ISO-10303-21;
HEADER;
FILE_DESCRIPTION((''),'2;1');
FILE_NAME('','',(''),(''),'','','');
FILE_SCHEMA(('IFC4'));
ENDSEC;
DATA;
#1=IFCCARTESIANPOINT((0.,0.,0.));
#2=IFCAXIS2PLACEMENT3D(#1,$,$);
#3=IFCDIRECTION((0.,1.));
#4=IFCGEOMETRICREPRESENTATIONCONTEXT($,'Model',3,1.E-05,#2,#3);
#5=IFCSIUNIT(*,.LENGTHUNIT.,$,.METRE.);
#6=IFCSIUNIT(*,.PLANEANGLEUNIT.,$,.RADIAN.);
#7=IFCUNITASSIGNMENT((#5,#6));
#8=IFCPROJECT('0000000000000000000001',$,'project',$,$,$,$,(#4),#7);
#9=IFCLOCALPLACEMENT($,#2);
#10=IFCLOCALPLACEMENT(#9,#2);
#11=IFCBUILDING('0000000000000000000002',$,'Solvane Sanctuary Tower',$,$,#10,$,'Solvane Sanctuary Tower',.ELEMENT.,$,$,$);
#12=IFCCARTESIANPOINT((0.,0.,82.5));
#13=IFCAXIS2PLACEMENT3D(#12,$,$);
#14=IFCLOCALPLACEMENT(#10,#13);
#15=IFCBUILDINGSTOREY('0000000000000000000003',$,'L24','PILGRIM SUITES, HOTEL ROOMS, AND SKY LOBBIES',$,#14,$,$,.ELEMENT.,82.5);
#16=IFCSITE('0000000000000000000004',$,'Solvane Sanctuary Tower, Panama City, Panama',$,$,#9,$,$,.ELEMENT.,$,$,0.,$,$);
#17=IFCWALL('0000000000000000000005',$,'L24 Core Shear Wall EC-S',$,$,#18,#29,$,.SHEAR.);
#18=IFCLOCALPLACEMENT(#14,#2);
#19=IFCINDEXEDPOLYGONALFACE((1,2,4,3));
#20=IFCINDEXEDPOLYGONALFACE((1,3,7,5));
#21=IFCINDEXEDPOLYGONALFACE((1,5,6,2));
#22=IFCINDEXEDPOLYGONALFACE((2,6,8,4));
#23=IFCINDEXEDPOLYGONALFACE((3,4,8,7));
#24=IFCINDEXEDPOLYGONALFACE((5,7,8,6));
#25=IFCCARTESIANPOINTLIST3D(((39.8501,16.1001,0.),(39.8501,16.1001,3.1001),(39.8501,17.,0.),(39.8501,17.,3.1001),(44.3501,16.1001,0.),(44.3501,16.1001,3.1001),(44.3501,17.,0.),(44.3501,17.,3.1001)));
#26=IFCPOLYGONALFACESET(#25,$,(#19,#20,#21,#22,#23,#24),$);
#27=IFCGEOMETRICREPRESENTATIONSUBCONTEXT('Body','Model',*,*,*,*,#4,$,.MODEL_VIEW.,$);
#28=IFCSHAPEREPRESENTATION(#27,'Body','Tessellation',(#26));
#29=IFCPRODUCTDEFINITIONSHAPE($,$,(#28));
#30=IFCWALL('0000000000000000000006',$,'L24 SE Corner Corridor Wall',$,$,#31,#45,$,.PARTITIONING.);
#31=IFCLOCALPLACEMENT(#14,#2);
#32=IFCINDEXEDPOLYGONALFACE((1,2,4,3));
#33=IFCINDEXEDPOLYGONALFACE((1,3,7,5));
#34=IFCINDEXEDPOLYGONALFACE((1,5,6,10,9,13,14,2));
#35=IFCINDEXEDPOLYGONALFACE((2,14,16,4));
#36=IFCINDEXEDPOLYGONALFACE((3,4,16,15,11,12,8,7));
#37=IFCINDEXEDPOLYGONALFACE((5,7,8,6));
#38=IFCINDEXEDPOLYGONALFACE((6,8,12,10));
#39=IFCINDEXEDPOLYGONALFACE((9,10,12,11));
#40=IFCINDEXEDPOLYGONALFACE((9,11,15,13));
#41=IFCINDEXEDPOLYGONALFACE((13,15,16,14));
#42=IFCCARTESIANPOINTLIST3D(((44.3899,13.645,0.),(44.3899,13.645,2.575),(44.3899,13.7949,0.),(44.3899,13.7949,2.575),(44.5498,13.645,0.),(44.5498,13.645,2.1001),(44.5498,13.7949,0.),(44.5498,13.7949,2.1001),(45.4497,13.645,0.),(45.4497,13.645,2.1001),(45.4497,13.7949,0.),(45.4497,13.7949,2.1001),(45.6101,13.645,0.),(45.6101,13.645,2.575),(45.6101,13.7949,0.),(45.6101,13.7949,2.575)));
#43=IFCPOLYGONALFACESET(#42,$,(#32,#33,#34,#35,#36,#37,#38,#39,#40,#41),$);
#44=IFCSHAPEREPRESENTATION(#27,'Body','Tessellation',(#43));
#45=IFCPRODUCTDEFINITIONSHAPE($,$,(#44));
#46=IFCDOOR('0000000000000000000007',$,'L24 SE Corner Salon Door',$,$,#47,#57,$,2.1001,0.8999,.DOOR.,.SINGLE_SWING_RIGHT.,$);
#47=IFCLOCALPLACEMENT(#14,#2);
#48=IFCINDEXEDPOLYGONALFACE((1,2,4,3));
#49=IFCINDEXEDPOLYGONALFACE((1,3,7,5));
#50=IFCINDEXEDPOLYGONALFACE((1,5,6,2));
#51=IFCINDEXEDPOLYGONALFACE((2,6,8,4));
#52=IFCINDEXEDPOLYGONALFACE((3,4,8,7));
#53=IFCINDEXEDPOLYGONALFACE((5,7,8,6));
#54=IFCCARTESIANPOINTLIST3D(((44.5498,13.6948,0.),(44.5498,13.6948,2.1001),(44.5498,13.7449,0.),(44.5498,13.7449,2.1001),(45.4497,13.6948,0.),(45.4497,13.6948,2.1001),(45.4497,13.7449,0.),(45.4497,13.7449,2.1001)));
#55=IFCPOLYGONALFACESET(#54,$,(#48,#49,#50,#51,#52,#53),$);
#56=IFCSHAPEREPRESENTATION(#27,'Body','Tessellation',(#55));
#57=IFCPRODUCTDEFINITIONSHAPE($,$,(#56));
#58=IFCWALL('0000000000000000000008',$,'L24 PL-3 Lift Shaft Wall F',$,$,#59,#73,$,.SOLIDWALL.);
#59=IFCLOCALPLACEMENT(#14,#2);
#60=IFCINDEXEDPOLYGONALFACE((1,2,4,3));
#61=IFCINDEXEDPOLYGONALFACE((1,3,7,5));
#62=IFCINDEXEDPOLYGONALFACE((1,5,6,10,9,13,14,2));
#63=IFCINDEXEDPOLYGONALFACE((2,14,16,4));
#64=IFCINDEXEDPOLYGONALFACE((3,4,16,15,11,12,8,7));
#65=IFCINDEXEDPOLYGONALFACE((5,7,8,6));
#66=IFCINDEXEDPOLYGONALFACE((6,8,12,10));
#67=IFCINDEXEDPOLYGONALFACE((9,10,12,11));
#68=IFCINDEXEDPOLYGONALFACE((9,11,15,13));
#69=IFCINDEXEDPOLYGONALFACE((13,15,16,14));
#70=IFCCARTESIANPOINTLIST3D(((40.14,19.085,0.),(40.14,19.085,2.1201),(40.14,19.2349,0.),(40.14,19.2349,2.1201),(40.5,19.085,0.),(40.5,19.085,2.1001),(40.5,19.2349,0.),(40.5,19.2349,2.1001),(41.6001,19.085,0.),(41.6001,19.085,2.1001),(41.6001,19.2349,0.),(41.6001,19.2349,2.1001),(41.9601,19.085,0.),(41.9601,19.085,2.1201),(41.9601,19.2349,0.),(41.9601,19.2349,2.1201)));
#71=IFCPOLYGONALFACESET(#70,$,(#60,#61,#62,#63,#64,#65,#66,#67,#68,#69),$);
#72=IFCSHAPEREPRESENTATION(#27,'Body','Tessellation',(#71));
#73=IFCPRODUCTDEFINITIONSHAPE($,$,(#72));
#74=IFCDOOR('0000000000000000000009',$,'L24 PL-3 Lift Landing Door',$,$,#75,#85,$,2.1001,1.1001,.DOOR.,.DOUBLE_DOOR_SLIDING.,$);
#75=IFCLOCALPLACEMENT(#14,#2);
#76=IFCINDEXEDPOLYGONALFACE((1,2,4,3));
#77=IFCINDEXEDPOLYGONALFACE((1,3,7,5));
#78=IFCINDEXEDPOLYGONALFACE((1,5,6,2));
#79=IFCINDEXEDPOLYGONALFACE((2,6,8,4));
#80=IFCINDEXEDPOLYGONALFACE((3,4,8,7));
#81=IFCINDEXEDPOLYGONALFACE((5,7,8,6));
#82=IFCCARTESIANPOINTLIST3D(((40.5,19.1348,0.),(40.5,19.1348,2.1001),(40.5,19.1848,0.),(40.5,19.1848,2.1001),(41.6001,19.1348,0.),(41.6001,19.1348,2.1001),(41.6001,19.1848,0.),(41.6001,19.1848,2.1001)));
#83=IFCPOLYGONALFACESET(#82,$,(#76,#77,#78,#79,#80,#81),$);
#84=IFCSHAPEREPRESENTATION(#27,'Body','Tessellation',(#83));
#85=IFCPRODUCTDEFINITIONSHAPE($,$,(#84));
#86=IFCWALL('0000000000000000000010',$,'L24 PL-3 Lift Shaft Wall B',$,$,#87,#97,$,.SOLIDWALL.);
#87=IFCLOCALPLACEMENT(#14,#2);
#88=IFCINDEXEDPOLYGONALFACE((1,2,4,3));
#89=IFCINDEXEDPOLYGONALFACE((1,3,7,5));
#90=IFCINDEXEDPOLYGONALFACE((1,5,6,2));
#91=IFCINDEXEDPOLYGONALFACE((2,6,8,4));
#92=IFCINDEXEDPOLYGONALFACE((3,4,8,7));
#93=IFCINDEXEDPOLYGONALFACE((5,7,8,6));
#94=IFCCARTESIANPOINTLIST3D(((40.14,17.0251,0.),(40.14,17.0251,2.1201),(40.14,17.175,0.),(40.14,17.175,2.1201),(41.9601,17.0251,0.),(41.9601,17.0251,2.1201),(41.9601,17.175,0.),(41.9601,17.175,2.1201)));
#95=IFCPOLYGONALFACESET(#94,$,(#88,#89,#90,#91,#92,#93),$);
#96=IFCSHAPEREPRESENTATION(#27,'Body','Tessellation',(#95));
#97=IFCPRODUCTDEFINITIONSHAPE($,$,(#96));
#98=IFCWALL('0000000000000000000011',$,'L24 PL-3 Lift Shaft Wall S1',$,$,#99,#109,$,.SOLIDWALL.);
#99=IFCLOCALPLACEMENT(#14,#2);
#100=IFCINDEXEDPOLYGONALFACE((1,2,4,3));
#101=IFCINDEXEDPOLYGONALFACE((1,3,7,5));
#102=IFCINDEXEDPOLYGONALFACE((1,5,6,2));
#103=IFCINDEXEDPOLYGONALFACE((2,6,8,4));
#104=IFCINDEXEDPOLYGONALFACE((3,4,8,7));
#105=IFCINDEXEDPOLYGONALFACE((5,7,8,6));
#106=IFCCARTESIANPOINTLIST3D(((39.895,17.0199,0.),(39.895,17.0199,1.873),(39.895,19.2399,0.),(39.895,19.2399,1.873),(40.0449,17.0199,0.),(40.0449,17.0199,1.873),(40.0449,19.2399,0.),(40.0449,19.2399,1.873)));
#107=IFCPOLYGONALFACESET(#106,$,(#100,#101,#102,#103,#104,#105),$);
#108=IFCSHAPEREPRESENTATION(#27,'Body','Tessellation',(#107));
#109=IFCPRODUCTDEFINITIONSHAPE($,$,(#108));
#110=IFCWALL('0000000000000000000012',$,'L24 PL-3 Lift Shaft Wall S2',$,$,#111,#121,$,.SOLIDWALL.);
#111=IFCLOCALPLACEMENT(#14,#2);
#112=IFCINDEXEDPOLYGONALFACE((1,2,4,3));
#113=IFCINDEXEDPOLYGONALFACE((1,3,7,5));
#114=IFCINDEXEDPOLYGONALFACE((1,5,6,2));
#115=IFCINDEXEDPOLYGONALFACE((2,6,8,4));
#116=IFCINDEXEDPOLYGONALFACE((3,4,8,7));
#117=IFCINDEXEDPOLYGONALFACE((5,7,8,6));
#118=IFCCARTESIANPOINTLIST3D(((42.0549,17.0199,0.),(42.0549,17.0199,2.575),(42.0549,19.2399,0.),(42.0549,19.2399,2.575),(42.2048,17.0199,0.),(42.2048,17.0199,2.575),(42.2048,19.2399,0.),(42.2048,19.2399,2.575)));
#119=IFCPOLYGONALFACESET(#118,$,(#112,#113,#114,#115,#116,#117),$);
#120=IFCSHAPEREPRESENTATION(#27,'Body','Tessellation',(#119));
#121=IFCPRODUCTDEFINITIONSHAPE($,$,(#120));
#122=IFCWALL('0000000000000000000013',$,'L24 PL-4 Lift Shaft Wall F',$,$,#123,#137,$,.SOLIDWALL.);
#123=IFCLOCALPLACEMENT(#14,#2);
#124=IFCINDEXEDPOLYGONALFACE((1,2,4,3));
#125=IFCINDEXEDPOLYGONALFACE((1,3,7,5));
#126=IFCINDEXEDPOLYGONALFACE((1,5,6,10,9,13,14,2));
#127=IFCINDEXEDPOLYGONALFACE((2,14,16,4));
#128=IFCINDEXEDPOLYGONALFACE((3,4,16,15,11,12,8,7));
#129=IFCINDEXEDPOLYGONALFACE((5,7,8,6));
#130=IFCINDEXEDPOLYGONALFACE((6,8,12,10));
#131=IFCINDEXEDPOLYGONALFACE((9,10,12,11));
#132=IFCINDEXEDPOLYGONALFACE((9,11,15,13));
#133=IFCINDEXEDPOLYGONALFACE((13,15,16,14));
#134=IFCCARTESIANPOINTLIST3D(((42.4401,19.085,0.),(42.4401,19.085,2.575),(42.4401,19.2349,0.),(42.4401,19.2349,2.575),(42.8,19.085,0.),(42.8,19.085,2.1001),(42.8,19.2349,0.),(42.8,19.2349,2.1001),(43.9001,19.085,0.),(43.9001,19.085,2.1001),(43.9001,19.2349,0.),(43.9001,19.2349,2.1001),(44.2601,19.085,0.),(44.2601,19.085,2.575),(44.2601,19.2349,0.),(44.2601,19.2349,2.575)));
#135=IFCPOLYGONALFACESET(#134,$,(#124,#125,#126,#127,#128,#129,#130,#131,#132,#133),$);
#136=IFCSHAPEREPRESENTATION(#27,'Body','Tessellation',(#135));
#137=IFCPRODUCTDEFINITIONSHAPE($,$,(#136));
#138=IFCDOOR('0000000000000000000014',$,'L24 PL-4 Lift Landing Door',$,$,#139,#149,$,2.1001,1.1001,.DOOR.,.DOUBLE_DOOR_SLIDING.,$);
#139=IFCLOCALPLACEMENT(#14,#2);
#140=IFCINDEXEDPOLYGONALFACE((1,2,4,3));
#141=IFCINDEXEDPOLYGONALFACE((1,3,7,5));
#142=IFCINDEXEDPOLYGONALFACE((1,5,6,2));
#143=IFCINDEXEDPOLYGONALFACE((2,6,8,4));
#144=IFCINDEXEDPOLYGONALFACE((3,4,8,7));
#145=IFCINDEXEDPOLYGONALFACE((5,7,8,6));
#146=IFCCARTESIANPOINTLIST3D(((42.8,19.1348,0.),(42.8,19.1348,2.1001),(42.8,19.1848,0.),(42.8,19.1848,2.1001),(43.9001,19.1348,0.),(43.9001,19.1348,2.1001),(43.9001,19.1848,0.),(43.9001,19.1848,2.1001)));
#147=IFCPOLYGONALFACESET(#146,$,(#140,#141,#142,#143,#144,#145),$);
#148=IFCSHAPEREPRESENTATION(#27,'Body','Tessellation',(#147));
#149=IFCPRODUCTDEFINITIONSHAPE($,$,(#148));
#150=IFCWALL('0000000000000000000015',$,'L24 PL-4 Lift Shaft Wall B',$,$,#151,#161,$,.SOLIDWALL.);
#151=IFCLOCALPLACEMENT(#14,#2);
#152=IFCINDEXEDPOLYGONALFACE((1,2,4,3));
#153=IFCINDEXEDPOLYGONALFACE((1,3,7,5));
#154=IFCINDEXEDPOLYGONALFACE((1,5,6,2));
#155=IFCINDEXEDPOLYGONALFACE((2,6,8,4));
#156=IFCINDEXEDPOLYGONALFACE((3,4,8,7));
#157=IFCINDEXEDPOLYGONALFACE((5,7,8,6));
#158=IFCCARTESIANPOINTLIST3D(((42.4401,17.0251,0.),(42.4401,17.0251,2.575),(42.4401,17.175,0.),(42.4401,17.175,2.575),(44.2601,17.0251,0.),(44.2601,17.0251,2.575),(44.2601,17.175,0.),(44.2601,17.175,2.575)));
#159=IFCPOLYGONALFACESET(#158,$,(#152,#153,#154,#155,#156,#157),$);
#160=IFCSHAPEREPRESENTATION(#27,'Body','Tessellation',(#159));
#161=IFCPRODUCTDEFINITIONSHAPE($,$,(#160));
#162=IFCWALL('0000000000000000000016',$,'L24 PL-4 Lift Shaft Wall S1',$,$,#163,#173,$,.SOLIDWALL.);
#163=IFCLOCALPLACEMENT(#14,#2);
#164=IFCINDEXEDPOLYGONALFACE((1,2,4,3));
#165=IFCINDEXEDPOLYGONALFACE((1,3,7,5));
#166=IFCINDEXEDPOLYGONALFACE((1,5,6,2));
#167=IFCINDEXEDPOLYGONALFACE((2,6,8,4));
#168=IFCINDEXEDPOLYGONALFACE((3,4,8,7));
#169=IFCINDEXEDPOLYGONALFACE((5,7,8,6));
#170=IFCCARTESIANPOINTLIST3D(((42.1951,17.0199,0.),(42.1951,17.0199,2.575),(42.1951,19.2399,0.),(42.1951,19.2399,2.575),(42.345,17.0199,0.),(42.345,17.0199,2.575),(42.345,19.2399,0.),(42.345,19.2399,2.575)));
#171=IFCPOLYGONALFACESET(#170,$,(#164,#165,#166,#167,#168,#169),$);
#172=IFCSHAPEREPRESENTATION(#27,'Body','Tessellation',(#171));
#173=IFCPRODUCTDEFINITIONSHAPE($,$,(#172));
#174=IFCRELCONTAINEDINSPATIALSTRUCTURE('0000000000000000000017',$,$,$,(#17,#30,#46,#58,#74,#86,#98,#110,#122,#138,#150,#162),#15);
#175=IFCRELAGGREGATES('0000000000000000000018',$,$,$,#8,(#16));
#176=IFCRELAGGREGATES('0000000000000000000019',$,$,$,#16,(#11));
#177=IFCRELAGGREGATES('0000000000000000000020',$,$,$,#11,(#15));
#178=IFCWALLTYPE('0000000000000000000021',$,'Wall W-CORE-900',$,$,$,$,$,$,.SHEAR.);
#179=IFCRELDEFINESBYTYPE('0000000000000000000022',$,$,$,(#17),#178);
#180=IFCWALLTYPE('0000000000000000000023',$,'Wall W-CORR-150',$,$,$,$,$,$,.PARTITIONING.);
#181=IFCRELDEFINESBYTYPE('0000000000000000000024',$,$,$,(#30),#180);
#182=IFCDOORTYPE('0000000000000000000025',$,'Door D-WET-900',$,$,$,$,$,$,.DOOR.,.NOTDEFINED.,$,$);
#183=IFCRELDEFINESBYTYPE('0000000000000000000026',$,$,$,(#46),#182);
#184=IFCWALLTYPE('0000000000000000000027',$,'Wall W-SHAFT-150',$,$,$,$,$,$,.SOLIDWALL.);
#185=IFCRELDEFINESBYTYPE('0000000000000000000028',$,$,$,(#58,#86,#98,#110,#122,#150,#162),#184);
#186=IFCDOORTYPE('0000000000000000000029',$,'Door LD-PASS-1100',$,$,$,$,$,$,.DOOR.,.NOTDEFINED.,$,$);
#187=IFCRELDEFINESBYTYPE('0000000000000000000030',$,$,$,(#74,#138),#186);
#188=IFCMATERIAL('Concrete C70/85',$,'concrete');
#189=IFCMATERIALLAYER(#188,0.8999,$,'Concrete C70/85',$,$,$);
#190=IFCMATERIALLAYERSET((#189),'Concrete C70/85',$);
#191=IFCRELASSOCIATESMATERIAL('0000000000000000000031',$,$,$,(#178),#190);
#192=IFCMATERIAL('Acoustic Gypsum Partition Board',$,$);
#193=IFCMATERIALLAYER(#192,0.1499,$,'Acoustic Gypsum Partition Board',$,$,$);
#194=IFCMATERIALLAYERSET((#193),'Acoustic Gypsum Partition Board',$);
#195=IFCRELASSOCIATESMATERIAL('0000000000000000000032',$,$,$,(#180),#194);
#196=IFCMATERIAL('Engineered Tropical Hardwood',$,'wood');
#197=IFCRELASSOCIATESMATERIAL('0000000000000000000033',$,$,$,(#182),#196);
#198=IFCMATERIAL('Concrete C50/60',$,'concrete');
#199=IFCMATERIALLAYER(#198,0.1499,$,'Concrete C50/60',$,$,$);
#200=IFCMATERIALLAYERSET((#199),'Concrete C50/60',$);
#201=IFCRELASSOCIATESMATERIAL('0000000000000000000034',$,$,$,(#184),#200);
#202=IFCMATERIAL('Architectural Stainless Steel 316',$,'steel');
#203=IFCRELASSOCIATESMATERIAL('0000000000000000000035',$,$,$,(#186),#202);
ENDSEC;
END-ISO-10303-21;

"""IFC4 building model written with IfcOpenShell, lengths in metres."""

from ifc_helpers import new_model, si_unit, direction, frame, frame_2d, origin, place, context, subcontext, project, spatial, rectangle, extrude, material, layer, layer_set, type_object, element, fill, save


model = new_model("IFC4")

# Units and contexts
model_context = context("Model", 3, precision=1e-05, world=origin(), true_north=direction((0.0, 1.0)))
body_context = subcontext(model_context, "Body", "Model", "MODEL_VIEW")
ifc_project = project(units=[si_unit("LENGTHUNIT", "METRE"), si_unit("PLANEANGLEUNIT", "RADIAN")], contexts=[model_context])

# Site, building, storey
site_placement = place(None, origin())
site = spatial("IfcSite", under=ifc_project, at=site_placement, Name="Solvane Sanctuary Tower, Panama City, Panama", CompositionType="ELEMENT", RefElevation=0.0)
building_placement = place(site_placement, origin())
building = spatial("IfcBuilding", under=site, at=building_placement, Name="Solvane Sanctuary Tower", LongName="Solvane Sanctuary Tower", CompositionType="ELEMENT")
storey_placement = place(building_placement, frame((0.0, 0.0, 82.5)))
storey = spatial("IfcBuildingStorey", under=building, at=storey_placement, Name="L24", Description="PILGRIM SUITES, HOTEL ROOMS, AND SKY LOBBIES", CompositionType="ELEMENT", Elevation=82.5)

# Shared definitions
ifc_material_1 = material(Name="Concrete C70/85", Category="concrete")

# Wall
ifc_layer_1 = layer(ifc_material_1, 0.8999, Name="Concrete C70/85")
ifc_layer_set_1 = layer_set([ifc_layer_1], Name="Concrete C70/85")
wall_type_1 = type_object("IfcWallType", Name="Wall W-CORE-900", PredefinedType="SHEAR", material=ifc_layer_set_1)
wall_1_placement = place(storey_placement, frame((39.8501, 16.55, 0.0), z_axis=(0.0, 0.0, 1.0), x_axis=(1.0, 0.0, 0.0)))
element("IfcWall", 1, at=wall_1_placement, inside=storey, type_object=wall_type_1, Name="L24 Core Shear Wall EC-S", PredefinedType="SHEAR", context=body_context, shape_type="SweptSolid", body=[
    extrude(rectangle(XDim=4.5, YDim=0.8999, at=frame_2d((2.25, 0.0))), origin(), (0.0, 0.0, 1.0), 3.1001),
])

# Walls, openings, doors
ifc_material_2 = material(Name="Acoustic Gypsum Partition Board")
ifc_layer_2 = layer(ifc_material_2, 0.1499, Name="Acoustic Gypsum Partition Board")
ifc_layer_set_2 = layer_set([ifc_layer_2], Name="Acoustic Gypsum Partition Board")
wall_type_2 = type_object("IfcWallType", Name="Wall W-CORR-150", PredefinedType="PARTITIONING", material=ifc_layer_set_2)
wall_2_placement = place(storey_placement, frame((44.3899, 13.72, 0.0), z_axis=(0.0, 0.0, 1.0), x_axis=(1.0, 0.0, 0.0)))
wall_2 = element("IfcWall", 2, at=wall_2_placement, inside=storey, type_object=wall_type_2, Name="L24 SE Corner Corridor Wall", PredefinedType="PARTITIONING", context=body_context, shape_type="SweptSolid", body=[
    extrude(rectangle(XDim=1.2202, YDim=0.1499, at=frame_2d((0.6101, 0.0))), origin(), (0.0, 0.0, 1.0), 2.575),
])
opening_1_placement = place(wall_2_placement, frame((0.1599, 0.0, 0.0)))
opening_1 = element("IfcOpeningElement", 3, at=opening_1_placement, cuts=wall_2, PredefinedType="OPENING", context=body_context, shape_type="SweptSolid", body=[
    extrude(rectangle(XDim=0.8999, YDim=2.1001, at=frame_2d((0.45, 1.05))), frame((0.0, 0.085, 0.0), z_axis=(0.0, -1.0, 0.0), x_axis=(1.0, 0.0, 0.0)), (0.0, 0.0, 1.0), 0.1699),
])
ifc_material_3 = material(Name="Engineered Tropical Hardwood", Category="wood")
door_type_1 = type_object("IfcDoorType", Name="Door D-WET-900", OperationType="NOTDEFINED", PredefinedType="DOOR", material=ifc_material_3)
door_1_placement = place(opening_1_placement, origin())
door_1 = element("IfcDoor", 4, at=door_1_placement, inside=storey, type_object=door_type_1, Name="L24 SE Corner Salon Door", OperationType="SINGLE_SWING_RIGHT", OverallHeight=2.1001, OverallWidth=0.8999, PredefinedType="DOOR", context=body_context, shape_type="SweptSolid", body=[
    extrude(rectangle(XDim=0.8999, YDim=2.1001, at=frame_2d((0.45, 1.05))), frame((0.0, 0.0249, 0.0), z_axis=(0.0, -1.0, 0.0), x_axis=(1.0, 0.0, 0.0)), (0.0, 0.0, 1.0), 0.05),
])
fill(opening_1, door_1)
ifc_material_4 = material(Name="Concrete C50/60", Category="concrete")
ifc_layer_3 = layer(ifc_material_4, 0.1499, Name="Concrete C50/60")
ifc_layer_set_3 = layer_set([ifc_layer_3], Name="Concrete C50/60")
wall_type_3 = type_object("IfcWallType", Name="Wall W-SHAFT-150", PredefinedType="SOLIDWALL", material=ifc_layer_set_3)
wall_3_placement = place(storey_placement, frame((40.1399, 19.1599, 0.0), z_axis=(0.0, 0.0, 1.0), x_axis=(1.0, 0.0, 0.0)))
wall_3 = element("IfcWall", 5, at=wall_3_placement, inside=storey, type_object=wall_type_3, Name="L24 PL-3 Lift Shaft Wall F", PredefinedType="SOLIDWALL", context=body_context, shape_type="SweptSolid", body=[
    extrude(rectangle(XDim=1.8201, YDim=0.1499, at=frame_2d((0.9102, 0.0))), origin(), (0.0, 0.0, 1.0), 2.1201),
])
opening_2_placement = place(wall_3_placement, frame((0.3601, 0.0, 0.0)))
opening_2 = element("IfcOpeningElement", 6, at=opening_2_placement, cuts=wall_3, PredefinedType="OPENING", context=body_context, shape_type="SweptSolid", body=[
    extrude(rectangle(XDim=1.1001, YDim=2.1001, at=frame_2d((0.55, 1.05))), frame((0.0, 0.085, 0.0), z_axis=(0.0, -1.0, 0.0), x_axis=(1.0, 0.0, 0.0)), (0.0, 0.0, 1.0), 0.1699),
])
ifc_material_5 = material(Name="Architectural Stainless Steel 316", Category="steel")
door_type_2 = type_object("IfcDoorType", Name="Door LD-PASS-1100", OperationType="NOTDEFINED", PredefinedType="DOOR", material=ifc_material_5)
door_2_placement = place(opening_2_placement, origin())
door_2 = element("IfcDoor", 7, at=door_2_placement, inside=storey, type_object=door_type_2, Name="L24 PL-3 Lift Landing Door", OperationType="DOUBLE_DOOR_SLIDING", OverallHeight=2.1001, OverallWidth=1.1001, PredefinedType="DOOR", context=body_context, shape_type="SweptSolid", body=[
    extrude(rectangle(XDim=1.1001, YDim=2.1001, at=frame_2d((0.55, 1.05))), frame((0.0, 0.0249, 0.0), z_axis=(0.0, -1.0, 0.0), x_axis=(1.0, 0.0, 0.0)), (0.0, 0.0, 1.0), 0.05),
])
fill(opening_2, door_2)

# Walls
wall_4_placement = place(storey_placement, frame((40.1399, 17.1001, 0.0), z_axis=(0.0, 0.0, 1.0), x_axis=(1.0, 0.0, 0.0)))
element("IfcWall", 8, at=wall_4_placement, inside=storey, type_object=wall_type_3, Name="L24 PL-3 Lift Shaft Wall B", PredefinedType="SOLIDWALL", context=body_context, shape_type="SweptSolid", body=[
    extrude(rectangle(XDim=1.8201, YDim=0.1499, at=frame_2d((0.9102, 0.0))), origin(), (0.0, 0.0, 1.0), 2.1201),
])
wall_5_placement = place(storey_placement, frame((39.97, 17.02, 0.0), z_axis=(0.0, 0.0, 1.0), x_axis=(0.0, 1.0, 0.0)))
element("IfcWall", 9, at=wall_5_placement, inside=storey, type_object=wall_type_3, Name="L24 PL-3 Lift Shaft Wall S1", PredefinedType="SOLIDWALL", context=body_context, shape_type="SweptSolid", body=[
    extrude(rectangle(XDim=2.22, YDim=0.1499, at=frame_2d((1.1099, 0.0))), origin(), (0.0, 0.0, 1.0), 1.873),
])
wall_6_placement = place(storey_placement, frame((42.1299, 17.02, 0.0), z_axis=(0.0, 0.0, 1.0), x_axis=(0.0, 1.0, 0.0)))
element("IfcWall", 10, at=wall_6_placement, inside=storey, type_object=wall_type_3, Name="L24 PL-3 Lift Shaft Wall S2", PredefinedType="SOLIDWALL", context=body_context, shape_type="SweptSolid", body=[
    extrude(rectangle(XDim=2.22, YDim=0.1499, at=frame_2d((1.1099, 0.0))), origin(), (0.0, 0.0, 1.0), 2.575),
])

# Wall, opening, door
wall_7_placement = place(storey_placement, frame((42.4399, 19.1599, 0.0), z_axis=(0.0, 0.0, 1.0), x_axis=(1.0, 0.0, 0.0)))
wall_7 = element("IfcWall", 11, at=wall_7_placement, inside=storey, type_object=wall_type_3, Name="L24 PL-4 Lift Shaft Wall F", PredefinedType="SOLIDWALL", context=body_context, shape_type="SweptSolid", body=[
    extrude(rectangle(XDim=1.8201, YDim=0.1499, at=frame_2d((0.9102, 0.0))), origin(), (0.0, 0.0, 1.0), 2.575),
])
opening_3_placement = place(wall_7_placement, frame((0.3601, 0.0, 0.0)))
opening_3 = element("IfcOpeningElement", 12, at=opening_3_placement, cuts=wall_7, PredefinedType="OPENING", context=body_context, shape_type="SweptSolid", body=[
    extrude(rectangle(XDim=1.1001, YDim=2.1001, at=frame_2d((0.55, 1.05))), frame((0.0, 0.085, 0.0), z_axis=(0.0, -1.0, 0.0), x_axis=(1.0, 0.0, 0.0)), (0.0, 0.0, 1.0), 0.1699),
])
door_3_placement = place(opening_3_placement, origin())
door_3 = element("IfcDoor", 13, at=door_3_placement, inside=storey, type_object=door_type_2, Name="L24 PL-4 Lift Landing Door", OperationType="DOUBLE_DOOR_SLIDING", OverallHeight=2.1001, OverallWidth=1.1001, PredefinedType="DOOR", context=body_context, shape_type="SweptSolid", body=[
    extrude(rectangle(XDim=1.1001, YDim=2.1001, at=frame_2d((0.55, 1.05))), frame((0.0, 0.0249, 0.0), z_axis=(0.0, -1.0, 0.0), x_axis=(1.0, 0.0, 0.0)), (0.0, 0.0, 1.0), 0.05),
])
fill(opening_3, door_3)

# Walls
wall_8_placement = place(storey_placement, frame((42.4399, 17.1001, 0.0), z_axis=(0.0, 0.0, 1.0), x_axis=(1.0, 0.0, 0.0)))
element("IfcWall", 14, at=wall_8_placement, inside=storey, type_object=wall_type_3, Name="L24 PL-4 Lift Shaft Wall B", PredefinedType="SOLIDWALL", context=body_context, shape_type="SweptSolid", body=[
    extrude(rectangle(XDim=1.8201, YDim=0.1499, at=frame_2d((0.9102, 0.0))), origin(), (0.0, 0.0, 1.0), 2.575),
])
wall_9_placement = place(storey_placement, frame((42.27, 17.02, 0.0), z_axis=(0.0, 0.0, 1.0), x_axis=(0.0, 1.0, 0.0)))
element("IfcWall", 15, at=wall_9_placement, inside=storey, type_object=wall_type_3, Name="L24 PL-4 Lift Shaft Wall S1", PredefinedType="SOLIDWALL", context=body_context, shape_type="SweptSolid", body=[
    extrude(rectangle(XDim=2.22, YDim=0.1499, at=frame_2d((1.1099, 0.0))), origin(), (0.0, 0.0, 1.0), 2.575),
])

save(model, "model.ifc")
